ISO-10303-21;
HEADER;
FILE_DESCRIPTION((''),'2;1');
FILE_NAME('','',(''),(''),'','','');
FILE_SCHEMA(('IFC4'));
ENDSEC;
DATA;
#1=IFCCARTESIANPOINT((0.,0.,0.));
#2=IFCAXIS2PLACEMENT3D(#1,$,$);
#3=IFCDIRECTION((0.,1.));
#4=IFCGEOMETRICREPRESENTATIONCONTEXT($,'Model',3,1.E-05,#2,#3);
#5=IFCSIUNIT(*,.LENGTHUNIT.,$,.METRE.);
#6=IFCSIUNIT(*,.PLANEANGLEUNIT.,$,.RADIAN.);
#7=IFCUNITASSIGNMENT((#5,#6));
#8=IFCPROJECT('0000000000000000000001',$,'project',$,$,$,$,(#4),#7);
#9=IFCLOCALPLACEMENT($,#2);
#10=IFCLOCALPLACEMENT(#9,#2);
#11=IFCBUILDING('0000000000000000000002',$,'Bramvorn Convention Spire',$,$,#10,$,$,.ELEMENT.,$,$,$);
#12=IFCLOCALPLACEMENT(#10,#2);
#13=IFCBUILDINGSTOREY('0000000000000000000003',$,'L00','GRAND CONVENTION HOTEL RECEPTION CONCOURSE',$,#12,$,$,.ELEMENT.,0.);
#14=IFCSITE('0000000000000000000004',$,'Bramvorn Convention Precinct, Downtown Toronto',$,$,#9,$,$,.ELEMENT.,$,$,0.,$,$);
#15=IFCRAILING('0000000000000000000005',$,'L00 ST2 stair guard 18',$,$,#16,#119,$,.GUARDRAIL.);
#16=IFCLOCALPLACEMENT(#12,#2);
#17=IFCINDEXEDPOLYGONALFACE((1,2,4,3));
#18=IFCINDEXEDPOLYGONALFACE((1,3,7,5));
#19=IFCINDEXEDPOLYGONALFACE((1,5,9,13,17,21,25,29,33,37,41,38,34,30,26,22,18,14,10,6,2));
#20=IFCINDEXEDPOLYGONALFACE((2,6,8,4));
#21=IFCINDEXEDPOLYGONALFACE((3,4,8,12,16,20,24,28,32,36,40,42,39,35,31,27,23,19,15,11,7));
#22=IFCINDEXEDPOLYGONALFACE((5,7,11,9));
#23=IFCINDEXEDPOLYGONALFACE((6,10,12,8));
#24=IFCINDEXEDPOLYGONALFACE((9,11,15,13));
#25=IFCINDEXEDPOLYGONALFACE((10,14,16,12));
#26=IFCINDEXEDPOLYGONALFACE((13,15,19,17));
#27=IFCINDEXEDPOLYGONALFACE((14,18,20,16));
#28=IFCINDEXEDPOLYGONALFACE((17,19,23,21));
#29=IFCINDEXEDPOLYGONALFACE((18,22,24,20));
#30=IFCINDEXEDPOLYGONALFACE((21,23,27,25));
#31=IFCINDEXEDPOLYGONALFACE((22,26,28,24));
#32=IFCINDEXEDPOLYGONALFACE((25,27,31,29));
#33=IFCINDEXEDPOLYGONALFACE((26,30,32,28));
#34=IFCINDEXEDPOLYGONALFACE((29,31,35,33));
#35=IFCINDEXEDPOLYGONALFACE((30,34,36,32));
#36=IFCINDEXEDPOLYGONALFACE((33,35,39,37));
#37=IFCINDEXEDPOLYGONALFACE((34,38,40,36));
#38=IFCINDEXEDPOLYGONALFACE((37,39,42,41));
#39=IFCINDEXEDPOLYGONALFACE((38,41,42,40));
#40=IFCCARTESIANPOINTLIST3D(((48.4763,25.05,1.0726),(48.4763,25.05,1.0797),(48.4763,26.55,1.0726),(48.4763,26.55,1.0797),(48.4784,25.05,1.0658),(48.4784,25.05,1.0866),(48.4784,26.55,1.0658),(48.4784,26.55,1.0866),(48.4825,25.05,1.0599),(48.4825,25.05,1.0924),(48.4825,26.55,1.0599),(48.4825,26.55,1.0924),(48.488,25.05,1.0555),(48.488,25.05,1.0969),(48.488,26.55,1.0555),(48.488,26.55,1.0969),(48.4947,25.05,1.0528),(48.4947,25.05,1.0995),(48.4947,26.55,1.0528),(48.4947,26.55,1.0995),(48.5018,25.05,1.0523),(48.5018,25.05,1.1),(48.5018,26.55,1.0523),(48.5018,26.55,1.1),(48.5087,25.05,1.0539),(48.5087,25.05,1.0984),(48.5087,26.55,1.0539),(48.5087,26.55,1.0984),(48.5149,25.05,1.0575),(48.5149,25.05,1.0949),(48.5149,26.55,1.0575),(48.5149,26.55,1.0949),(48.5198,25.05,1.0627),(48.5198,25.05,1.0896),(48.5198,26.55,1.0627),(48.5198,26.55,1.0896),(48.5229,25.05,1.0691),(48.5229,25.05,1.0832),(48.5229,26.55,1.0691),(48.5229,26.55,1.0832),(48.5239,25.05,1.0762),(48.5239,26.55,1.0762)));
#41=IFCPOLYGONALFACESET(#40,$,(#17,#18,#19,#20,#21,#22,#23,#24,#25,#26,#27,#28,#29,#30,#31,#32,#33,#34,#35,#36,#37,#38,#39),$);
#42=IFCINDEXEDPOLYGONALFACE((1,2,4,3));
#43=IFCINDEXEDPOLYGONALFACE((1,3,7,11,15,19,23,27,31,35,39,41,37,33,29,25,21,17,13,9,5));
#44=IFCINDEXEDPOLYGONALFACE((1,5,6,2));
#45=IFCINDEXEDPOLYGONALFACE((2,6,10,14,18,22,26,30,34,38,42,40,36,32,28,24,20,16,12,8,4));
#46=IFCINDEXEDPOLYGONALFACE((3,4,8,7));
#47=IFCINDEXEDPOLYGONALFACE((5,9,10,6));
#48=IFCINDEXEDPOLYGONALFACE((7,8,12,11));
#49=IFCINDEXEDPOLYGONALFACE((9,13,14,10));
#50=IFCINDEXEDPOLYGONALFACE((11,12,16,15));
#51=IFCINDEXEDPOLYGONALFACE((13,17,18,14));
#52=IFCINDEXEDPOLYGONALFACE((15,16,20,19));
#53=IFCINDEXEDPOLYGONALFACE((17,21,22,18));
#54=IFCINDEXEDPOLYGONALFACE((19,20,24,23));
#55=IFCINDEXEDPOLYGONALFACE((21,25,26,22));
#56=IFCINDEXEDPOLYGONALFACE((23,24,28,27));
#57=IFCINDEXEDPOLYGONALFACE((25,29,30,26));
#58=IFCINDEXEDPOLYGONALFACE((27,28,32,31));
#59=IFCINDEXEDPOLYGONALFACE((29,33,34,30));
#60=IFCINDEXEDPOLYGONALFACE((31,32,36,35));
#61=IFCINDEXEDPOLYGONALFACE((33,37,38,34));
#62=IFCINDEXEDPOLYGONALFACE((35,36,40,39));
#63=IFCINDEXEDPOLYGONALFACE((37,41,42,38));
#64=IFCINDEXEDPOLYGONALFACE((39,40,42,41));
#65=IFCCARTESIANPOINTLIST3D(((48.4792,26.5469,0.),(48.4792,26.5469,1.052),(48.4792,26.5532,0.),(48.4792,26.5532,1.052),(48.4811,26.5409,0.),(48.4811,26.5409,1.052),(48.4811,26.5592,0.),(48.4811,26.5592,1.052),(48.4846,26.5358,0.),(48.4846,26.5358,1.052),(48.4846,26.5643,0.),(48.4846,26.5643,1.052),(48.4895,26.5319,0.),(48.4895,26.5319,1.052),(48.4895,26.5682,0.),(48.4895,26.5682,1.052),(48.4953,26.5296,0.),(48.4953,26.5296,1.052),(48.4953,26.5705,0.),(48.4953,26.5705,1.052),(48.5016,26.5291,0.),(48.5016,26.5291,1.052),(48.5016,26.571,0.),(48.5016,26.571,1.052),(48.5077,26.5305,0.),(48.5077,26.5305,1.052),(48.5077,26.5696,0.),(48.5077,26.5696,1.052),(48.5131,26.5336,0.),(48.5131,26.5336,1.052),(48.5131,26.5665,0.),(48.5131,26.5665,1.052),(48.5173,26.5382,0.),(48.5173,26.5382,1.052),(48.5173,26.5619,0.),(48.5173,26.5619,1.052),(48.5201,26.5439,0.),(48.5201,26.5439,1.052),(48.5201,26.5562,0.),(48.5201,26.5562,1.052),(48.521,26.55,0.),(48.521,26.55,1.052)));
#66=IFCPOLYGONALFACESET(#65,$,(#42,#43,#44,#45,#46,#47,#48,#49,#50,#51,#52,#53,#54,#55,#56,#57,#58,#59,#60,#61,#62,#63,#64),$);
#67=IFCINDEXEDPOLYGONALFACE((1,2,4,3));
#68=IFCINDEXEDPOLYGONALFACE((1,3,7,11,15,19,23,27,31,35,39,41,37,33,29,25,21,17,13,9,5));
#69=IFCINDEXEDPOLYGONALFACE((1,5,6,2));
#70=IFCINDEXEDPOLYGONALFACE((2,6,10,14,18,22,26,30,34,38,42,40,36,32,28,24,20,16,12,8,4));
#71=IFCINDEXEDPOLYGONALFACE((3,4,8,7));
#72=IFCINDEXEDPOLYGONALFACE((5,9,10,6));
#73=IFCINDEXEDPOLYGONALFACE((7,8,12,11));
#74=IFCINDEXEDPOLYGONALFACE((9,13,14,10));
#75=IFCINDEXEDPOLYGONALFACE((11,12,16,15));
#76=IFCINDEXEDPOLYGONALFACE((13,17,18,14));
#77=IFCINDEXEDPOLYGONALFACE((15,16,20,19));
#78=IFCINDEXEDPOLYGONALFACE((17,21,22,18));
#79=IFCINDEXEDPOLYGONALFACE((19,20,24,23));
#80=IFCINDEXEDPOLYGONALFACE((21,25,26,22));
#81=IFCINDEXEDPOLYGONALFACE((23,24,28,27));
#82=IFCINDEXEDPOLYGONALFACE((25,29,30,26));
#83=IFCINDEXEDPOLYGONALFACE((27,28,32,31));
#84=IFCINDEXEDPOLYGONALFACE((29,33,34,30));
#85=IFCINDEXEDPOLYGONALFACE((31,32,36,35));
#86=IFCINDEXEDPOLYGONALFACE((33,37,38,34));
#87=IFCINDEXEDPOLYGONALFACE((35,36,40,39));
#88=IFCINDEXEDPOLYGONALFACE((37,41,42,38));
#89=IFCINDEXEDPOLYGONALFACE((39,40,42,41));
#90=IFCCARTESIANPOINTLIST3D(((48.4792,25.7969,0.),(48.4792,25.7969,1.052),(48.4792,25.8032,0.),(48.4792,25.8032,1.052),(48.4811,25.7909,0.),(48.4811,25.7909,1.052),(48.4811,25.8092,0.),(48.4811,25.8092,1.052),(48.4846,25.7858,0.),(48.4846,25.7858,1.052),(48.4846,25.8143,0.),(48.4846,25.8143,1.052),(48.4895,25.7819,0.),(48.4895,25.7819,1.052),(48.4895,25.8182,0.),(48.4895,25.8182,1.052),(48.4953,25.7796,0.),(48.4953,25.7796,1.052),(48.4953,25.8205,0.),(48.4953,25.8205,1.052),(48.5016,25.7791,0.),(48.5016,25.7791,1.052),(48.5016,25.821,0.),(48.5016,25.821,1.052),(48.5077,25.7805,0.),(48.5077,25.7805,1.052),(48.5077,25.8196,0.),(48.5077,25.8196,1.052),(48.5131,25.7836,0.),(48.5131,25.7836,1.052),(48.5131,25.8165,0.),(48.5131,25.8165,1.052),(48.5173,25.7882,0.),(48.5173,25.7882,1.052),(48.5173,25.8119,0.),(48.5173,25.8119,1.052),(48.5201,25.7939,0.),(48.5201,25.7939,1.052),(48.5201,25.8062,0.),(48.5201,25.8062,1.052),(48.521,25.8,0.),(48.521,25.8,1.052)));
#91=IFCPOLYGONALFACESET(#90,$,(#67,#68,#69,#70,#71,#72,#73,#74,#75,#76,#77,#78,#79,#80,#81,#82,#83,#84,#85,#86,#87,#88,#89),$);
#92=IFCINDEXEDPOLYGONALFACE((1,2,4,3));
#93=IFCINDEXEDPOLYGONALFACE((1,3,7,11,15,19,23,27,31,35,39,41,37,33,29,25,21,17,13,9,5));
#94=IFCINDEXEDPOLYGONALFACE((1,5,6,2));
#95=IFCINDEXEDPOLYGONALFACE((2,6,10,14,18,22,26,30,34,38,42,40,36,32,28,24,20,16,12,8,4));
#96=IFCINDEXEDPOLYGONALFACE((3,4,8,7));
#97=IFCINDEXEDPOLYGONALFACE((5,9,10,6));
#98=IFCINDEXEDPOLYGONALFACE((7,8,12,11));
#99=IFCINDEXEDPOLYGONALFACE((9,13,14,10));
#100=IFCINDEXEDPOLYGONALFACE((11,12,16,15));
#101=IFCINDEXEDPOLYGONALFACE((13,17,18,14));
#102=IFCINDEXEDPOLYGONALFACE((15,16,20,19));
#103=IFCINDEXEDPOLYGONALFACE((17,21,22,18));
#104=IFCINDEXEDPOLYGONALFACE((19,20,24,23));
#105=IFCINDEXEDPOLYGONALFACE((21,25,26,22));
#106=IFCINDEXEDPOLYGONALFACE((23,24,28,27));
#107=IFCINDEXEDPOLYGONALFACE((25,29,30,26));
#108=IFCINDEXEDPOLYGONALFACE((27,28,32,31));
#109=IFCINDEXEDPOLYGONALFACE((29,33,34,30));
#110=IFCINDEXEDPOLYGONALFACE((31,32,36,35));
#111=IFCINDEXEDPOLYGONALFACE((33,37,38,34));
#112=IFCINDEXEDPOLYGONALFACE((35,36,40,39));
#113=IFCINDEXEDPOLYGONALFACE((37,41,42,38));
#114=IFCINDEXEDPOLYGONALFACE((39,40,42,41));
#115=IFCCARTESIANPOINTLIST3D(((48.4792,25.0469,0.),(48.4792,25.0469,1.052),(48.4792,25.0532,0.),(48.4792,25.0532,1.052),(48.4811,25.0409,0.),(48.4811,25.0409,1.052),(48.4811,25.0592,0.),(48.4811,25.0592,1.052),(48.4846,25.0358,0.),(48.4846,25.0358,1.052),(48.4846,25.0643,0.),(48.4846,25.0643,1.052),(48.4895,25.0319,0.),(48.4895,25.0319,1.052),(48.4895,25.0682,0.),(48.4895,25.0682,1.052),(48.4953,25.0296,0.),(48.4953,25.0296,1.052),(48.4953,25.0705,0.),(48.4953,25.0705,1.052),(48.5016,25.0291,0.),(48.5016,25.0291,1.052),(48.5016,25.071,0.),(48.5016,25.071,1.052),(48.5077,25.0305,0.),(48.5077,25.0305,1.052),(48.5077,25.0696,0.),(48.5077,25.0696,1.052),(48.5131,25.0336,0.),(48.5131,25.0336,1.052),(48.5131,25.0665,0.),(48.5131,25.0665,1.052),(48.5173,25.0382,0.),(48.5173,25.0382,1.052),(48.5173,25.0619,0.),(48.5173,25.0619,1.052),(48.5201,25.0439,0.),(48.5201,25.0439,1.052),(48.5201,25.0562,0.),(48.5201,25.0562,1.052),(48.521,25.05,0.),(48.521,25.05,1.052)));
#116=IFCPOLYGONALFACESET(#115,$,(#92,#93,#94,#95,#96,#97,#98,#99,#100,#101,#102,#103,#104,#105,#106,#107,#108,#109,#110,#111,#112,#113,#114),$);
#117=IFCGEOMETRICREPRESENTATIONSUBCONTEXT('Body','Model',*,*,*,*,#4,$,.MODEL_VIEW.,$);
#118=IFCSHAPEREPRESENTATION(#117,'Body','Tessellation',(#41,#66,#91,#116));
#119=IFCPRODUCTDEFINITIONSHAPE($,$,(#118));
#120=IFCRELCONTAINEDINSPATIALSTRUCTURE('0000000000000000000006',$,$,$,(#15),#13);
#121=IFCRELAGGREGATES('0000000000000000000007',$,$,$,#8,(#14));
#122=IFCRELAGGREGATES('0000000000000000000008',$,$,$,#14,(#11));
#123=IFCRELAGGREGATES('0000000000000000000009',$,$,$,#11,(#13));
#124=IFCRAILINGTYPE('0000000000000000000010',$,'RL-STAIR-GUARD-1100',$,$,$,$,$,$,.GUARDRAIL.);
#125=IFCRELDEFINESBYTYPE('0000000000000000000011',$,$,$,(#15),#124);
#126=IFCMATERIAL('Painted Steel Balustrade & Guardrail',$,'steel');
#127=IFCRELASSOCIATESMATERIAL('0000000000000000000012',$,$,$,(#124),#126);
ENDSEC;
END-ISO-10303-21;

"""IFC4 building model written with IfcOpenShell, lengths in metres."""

from ifc_helpers import new_model, si_unit, direction, frame, origin, origin_2d, place, context, subcontext, project, spatial, circle, extrude, material, type_object, element, save


model = new_model("IFC4")

# Units and contexts
model_context = context("Model", 3, precision=1e-05, world=origin(), true_north=direction((0.0, 1.0)))
body_context = subcontext(model_context, "Body", "Model", "MODEL_VIEW")
ifc_project = project(units=[si_unit("LENGTHUNIT", "METRE"), si_unit("PLANEANGLEUNIT", "RADIAN")], contexts=[model_context])

# Site, building, storey
site_placement = place(None, origin())
site = spatial("IfcSite", under=ifc_project, at=site_placement, Name="Bramvorn Convention Precinct, Downtown Toronto", CompositionType="ELEMENT", RefElevation=0.0)
building_placement = place(site_placement, origin())
building = spatial("IfcBuilding", under=site, at=building_placement, Name="Bramvorn Convention Spire", CompositionType="ELEMENT")
storey_placement = place(building_placement, origin())
storey = spatial("IfcBuildingStorey", under=building, at=storey_placement, Name="L00", Description="GRAND CONVENTION HOTEL RECEPTION CONCOURSE", CompositionType="ELEMENT", Elevation=0.0)

# Railing
ifc_material_1 = material(Name="Painted Steel Balustrade & Guardrail", Category="steel")
railing_type = type_object("IfcRailingType", Name="RL-STAIR-GUARD-1100", PredefinedType="GUARDRAIL", material=ifc_material_1)
for number, where, name in (
    (1, (48.5, 26.55, 0.0), "L00 ST2 stair guard 18"),
):
    element("IfcRailing", number, at=place(storey_placement, frame(where)), inside=storey, type_object=railing_type, Name=name, PredefinedType="GUARDRAIL", context=body_context, shape_type="SweptSolid", body=[
        extrude(circle(Radius=0.0239, at=origin_2d()), frame((0.0, 0.0, 1.0762), z_axis=(0.0, -1.0, 0.0), x_axis=(1.0, 0.0, 0.0)), (0.0, 0.0, 1.0), 1.5),
        extrude(circle(Radius=0.021, at=origin_2d()), origin(), (0.0, 0.0, 1.0), 1.052),
        extrude(circle(Radius=0.021, at=origin_2d()), frame((0.0, -0.75, 0.0)), (0.0, 0.0, 1.0), 1.052),
        extrude(circle(Radius=0.021, at=origin_2d()), frame((0.0, -1.5, 0.0)), (0.0, 0.0, 1.0), 1.052),
    ])

save(model, "model.ifc")
